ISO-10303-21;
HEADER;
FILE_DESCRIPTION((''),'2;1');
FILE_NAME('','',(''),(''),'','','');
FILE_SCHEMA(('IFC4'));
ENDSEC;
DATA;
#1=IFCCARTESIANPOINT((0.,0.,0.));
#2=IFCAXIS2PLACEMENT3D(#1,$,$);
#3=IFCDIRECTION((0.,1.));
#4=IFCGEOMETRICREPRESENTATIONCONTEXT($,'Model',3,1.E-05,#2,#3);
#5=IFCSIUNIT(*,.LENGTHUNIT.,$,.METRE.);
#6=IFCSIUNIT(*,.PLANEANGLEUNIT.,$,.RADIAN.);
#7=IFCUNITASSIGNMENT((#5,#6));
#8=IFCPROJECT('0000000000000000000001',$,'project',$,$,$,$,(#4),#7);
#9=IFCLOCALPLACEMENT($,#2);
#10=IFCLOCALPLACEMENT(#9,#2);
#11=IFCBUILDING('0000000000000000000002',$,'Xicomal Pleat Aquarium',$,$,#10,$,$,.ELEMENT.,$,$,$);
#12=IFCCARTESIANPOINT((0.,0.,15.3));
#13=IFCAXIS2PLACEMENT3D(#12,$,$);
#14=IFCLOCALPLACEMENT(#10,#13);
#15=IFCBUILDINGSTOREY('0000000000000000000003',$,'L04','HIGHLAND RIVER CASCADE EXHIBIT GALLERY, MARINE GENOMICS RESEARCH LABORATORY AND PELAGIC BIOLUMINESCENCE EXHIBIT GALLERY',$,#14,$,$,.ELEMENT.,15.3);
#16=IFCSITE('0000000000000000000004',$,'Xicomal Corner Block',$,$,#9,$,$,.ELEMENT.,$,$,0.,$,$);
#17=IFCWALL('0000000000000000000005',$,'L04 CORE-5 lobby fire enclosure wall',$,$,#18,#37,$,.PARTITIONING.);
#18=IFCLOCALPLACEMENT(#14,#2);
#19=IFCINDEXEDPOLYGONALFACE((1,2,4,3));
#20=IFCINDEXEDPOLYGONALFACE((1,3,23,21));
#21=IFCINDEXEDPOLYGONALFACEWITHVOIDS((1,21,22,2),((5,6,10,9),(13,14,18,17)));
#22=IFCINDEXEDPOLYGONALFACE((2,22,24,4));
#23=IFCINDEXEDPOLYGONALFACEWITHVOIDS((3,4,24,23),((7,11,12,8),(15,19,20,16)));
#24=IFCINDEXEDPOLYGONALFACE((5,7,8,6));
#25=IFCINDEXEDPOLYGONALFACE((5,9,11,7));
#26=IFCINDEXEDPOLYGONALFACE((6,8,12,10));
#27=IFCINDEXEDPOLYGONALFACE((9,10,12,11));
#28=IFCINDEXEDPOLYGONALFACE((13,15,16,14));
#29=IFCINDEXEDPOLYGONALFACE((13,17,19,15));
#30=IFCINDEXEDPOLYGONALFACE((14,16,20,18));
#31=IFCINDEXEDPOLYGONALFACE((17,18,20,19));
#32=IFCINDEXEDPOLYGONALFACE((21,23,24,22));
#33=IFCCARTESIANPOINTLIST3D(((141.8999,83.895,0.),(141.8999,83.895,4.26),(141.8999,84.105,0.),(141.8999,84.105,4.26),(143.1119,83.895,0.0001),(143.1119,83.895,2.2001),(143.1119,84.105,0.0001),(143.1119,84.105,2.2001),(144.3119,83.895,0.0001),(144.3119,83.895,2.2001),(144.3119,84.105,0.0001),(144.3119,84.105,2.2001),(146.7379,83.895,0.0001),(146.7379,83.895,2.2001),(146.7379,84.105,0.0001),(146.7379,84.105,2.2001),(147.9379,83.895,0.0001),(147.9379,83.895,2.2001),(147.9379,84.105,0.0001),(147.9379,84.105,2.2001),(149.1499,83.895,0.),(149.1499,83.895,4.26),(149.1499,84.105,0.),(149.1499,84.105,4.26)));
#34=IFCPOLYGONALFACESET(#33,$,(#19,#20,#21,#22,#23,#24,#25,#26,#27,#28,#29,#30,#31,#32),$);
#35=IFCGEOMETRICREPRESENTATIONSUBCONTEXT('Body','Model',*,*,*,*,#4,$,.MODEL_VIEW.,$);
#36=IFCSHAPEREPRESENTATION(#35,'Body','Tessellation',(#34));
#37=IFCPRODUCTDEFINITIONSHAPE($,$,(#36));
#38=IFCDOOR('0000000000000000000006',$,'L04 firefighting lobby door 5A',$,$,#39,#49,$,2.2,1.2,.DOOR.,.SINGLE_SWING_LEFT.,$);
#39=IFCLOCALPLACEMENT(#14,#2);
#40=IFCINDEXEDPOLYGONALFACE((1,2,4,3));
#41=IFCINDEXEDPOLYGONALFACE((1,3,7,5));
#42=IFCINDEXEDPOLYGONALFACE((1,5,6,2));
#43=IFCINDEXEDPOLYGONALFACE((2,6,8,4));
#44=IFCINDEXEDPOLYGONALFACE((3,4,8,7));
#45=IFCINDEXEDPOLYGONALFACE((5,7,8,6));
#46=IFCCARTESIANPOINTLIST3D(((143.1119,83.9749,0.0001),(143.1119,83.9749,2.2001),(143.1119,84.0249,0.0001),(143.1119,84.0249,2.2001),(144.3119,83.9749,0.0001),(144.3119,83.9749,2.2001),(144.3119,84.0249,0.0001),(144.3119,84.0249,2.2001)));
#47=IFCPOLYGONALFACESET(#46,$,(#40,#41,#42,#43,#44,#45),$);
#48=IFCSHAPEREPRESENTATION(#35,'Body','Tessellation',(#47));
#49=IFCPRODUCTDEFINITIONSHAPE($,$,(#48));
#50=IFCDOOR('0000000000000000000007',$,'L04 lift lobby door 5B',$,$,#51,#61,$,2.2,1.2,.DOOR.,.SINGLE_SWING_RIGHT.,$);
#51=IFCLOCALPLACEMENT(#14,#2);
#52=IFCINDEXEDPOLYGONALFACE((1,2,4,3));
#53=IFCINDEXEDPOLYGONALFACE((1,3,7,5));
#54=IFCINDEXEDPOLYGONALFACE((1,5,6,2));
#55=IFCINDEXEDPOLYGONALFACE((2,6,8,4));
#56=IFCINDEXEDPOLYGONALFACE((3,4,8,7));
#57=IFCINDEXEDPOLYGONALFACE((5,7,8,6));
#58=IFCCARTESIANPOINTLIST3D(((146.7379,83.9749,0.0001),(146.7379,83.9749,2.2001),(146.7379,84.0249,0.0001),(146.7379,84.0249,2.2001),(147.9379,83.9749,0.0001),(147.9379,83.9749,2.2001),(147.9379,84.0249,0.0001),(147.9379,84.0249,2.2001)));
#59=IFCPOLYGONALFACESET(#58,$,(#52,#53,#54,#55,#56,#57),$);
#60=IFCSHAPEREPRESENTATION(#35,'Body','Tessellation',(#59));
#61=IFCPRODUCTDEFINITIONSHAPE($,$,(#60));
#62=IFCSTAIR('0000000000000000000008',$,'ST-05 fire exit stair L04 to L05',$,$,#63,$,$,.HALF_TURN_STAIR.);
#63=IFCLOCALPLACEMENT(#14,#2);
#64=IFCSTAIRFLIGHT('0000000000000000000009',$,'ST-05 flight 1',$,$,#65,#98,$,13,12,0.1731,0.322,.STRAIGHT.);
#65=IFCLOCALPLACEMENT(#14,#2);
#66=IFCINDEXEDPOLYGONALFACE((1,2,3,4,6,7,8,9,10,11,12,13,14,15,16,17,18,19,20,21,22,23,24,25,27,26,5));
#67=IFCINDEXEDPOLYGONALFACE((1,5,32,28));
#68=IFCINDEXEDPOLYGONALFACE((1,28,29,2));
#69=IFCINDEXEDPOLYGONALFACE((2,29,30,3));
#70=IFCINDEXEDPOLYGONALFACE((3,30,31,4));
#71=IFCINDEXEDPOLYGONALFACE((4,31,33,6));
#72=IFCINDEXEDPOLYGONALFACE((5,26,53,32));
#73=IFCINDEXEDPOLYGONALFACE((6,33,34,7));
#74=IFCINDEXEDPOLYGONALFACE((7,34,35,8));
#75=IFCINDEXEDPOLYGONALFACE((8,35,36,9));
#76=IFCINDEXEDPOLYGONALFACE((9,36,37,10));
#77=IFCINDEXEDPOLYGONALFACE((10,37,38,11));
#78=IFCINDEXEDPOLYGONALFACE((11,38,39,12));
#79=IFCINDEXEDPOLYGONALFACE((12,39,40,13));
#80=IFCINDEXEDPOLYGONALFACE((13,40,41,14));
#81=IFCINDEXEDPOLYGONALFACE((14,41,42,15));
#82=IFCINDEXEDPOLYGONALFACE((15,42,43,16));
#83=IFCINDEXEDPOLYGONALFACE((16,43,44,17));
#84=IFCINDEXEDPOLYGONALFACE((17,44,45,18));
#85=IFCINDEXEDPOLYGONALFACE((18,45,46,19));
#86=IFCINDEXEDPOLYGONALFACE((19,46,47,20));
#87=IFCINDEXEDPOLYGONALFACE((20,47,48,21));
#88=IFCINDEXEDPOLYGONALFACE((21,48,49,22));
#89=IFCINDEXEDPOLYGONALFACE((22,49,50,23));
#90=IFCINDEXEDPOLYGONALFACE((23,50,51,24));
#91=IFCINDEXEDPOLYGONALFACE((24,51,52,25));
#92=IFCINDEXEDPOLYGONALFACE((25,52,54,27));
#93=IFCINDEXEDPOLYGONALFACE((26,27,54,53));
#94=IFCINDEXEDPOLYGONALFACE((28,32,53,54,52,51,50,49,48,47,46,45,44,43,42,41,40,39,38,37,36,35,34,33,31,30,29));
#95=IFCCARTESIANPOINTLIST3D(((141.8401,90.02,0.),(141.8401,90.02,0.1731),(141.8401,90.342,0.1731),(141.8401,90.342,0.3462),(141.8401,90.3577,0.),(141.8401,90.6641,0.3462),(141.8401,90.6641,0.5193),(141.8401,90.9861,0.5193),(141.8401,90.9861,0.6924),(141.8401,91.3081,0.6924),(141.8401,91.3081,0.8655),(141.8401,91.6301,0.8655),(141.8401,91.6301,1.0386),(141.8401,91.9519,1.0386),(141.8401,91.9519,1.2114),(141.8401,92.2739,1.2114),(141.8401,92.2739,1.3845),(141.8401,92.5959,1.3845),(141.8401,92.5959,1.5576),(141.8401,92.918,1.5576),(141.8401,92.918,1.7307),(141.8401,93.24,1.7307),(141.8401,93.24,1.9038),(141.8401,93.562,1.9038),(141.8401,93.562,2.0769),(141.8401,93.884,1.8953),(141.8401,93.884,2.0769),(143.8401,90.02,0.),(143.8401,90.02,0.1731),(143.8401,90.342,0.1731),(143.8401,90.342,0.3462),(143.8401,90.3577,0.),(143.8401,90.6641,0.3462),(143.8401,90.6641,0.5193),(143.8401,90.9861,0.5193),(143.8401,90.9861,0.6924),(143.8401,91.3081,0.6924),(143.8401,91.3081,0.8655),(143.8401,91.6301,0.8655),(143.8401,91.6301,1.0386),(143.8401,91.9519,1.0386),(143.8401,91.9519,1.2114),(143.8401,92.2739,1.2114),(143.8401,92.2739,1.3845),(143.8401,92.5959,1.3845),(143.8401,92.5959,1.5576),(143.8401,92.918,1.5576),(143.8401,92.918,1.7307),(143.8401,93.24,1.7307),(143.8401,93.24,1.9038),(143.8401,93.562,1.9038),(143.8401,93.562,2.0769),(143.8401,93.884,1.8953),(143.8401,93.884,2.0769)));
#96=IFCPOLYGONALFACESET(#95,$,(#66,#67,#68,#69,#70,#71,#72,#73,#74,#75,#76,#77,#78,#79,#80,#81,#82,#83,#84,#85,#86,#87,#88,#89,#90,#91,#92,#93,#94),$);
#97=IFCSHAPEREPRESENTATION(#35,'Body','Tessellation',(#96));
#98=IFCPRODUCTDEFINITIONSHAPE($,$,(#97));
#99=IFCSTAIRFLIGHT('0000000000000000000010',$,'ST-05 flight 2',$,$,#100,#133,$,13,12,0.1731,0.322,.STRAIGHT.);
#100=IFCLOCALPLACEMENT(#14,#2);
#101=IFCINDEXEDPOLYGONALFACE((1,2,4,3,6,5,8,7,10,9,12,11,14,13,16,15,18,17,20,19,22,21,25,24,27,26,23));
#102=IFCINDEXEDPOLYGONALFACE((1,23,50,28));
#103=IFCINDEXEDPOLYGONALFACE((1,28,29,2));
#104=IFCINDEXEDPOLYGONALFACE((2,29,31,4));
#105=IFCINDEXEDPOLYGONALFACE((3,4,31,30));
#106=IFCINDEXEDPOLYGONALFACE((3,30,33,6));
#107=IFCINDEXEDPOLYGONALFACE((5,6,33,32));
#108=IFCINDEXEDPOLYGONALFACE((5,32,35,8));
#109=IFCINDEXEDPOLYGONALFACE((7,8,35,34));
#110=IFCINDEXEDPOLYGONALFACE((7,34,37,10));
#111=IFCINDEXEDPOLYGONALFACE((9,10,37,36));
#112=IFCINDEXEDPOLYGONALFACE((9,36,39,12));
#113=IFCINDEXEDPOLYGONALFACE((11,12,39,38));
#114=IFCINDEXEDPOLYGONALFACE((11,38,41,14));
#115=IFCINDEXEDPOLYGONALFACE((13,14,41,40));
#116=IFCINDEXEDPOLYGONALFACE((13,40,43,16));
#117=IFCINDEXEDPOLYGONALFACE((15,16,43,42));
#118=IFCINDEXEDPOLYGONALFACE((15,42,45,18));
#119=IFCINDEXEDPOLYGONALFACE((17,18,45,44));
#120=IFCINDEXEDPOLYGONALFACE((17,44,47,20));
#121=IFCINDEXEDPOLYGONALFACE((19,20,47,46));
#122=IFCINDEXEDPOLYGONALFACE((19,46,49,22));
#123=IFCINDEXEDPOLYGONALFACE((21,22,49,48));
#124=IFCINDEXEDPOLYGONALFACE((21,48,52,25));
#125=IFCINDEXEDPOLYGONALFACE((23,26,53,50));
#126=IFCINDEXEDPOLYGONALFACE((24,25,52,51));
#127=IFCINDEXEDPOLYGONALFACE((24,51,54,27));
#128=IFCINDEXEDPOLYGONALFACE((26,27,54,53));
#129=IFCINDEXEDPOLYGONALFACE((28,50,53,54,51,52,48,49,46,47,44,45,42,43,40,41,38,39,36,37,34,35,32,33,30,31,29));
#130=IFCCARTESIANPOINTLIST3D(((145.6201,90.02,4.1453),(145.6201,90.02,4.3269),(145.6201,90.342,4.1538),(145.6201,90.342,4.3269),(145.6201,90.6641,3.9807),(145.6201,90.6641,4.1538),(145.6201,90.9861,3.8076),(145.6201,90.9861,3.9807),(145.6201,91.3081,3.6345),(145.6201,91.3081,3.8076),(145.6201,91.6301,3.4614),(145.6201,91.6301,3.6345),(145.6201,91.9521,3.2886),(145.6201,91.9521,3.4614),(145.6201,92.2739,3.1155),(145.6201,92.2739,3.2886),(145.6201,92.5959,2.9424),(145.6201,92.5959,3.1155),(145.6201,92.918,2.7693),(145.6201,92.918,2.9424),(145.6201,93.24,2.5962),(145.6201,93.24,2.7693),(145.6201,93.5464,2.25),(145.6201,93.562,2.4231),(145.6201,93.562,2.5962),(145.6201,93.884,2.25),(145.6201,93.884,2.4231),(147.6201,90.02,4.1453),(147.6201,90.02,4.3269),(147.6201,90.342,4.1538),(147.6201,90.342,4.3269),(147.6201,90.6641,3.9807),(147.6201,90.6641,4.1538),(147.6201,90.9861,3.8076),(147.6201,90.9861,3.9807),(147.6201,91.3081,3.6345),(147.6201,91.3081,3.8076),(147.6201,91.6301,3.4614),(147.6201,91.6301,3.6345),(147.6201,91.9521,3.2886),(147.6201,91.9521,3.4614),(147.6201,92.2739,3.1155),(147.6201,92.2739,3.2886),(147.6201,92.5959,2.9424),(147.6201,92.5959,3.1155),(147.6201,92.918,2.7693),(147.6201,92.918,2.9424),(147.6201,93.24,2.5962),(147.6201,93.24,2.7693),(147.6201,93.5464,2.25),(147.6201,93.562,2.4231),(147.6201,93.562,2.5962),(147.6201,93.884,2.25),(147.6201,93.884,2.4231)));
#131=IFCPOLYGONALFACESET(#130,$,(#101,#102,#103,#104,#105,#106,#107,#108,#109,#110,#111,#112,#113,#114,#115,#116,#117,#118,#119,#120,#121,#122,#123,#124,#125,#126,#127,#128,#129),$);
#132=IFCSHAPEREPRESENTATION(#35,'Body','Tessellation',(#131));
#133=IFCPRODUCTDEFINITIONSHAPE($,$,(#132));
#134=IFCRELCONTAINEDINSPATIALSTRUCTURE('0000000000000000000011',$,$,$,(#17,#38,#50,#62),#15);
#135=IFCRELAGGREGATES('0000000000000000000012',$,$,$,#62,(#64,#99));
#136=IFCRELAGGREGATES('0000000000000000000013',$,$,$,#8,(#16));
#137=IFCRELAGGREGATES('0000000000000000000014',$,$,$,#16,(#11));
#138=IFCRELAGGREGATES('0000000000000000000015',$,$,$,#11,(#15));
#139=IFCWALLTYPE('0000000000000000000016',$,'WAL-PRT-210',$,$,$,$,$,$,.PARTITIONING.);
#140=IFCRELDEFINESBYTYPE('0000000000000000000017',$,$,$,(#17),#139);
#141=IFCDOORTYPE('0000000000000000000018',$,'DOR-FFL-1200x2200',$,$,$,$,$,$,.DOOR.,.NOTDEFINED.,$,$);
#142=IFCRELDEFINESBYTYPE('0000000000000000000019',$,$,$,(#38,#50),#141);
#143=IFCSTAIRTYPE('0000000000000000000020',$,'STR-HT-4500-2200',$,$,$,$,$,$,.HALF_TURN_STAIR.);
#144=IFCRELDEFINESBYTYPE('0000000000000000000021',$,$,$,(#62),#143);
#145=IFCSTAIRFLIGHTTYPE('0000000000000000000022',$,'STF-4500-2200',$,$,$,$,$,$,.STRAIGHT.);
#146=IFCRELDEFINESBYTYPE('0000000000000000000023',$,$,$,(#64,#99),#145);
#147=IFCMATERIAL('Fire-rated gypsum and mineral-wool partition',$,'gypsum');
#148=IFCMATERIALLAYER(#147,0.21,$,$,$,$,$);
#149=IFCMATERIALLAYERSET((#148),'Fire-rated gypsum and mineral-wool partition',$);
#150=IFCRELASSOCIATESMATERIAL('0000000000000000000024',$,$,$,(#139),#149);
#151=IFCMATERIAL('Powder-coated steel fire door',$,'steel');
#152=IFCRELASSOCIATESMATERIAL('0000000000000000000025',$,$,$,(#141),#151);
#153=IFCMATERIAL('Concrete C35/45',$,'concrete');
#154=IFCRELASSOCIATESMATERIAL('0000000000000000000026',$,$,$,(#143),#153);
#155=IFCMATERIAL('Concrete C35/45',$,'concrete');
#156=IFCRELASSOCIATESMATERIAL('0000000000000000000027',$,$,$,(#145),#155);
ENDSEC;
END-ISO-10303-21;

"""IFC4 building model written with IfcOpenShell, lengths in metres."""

from ifc_helpers import new_model, si_unit, direction, frame, frame_2d, origin, place, context, subcontext, project, spatial, polyline, rectangle, outline, extrude, material, layer, layer_set, type_object, element, fill, aggregate, save


model = new_model("IFC4")

# Units and contexts
model_context = context("Model", 3, precision=1e-05, world=origin(), true_north=direction((0.0, 1.0)))
body_context = subcontext(model_context, "Body", "Model", "MODEL_VIEW")
ifc_project = project(units=[si_unit("LENGTHUNIT", "METRE"), si_unit("PLANEANGLEUNIT", "RADIAN")], contexts=[model_context])

# Site, building, storey
site_placement = place(None, origin())
site = spatial("IfcSite", under=ifc_project, at=site_placement, Name="Xicomal Corner Block", CompositionType="ELEMENT", RefElevation=0.0)
building_placement = place(site_placement, origin())
building = spatial("IfcBuilding", under=site, at=building_placement, Name="Xicomal Pleat Aquarium", CompositionType="ELEMENT")
storey_placement = place(building_placement, frame((0.0, 0.0, 15.3)))
storey = spatial("IfcBuildingStorey", under=building, at=storey_placement, Name="L04", Description="HIGHLAND RIVER CASCADE EXHIBIT GALLERY, MARINE GENOMICS RESEARCH LABORATORY AND PELAGIC BIOLUMINESCENCE EXHIBIT GALLERY", CompositionType="ELEMENT", Elevation=15.3)

# Wall, openings, doors
ifc_material_1 = material(Name="Fire-rated gypsum and mineral-wool partition", Category="gypsum")
ifc_layer_1 = layer(ifc_material_1, 0.21)
ifc_layer_set_1 = layer_set([ifc_layer_1], Name="Fire-rated gypsum and mineral-wool partition")
wall_type_1 = type_object("IfcWallType", Name="WAL-PRT-210", PredefinedType="PARTITIONING", material=ifc_layer_set_1)
wall_1_placement = place(storey_placement, frame((141.8999, 84.0, 0.0), z_axis=(0.0, 0.0, 1.0), x_axis=(1.0, 0.0, 0.0)))
wall_1 = element("IfcWall", 1, at=wall_1_placement, inside=storey, type_object=wall_type_1, Name="L04 CORE-5 lobby fire enclosure wall", PredefinedType="PARTITIONING", context=body_context, shape_type="SweptSolid", body=[
    extrude(rectangle(XDim=7.25, YDim=0.21, at=frame_2d((3.625, 0.0))), origin(), (0.0, 0.0, 1.0), 4.26),
])
opening_1_placement = place(wall_1_placement, frame((1.2119, 0.0, 0.0)))
opening_1 = element("IfcOpeningElement", 2, at=opening_1_placement, cuts=wall_1, PredefinedType="OPENING", context=body_context, shape_type="SweptSolid", body=[
    extrude(rectangle(XDim=1.2, YDim=2.2, at=frame_2d((0.6001, 1.1001))), frame((0.0, 0.115, 0.0), z_axis=(0.0, -1.0, 0.0), x_axis=(1.0, 0.0, 0.0)), (0.0, 0.0, 1.0), 0.23),
])
opening_2_placement = place(wall_1_placement, frame((4.8379, 0.0, 0.0)))
opening_2 = element("IfcOpeningElement", 3, at=opening_2_placement, cuts=wall_1, PredefinedType="OPENING", context=body_context, shape_type="SweptSolid", body=[
    extrude(rectangle(XDim=1.2, YDim=2.2, at=frame_2d((0.6001, 1.1001))), frame((0.0, 0.115, 0.0), z_axis=(0.0, -1.0, 0.0), x_axis=(1.0, 0.0, 0.0)), (0.0, 0.0, 1.0), 0.23),
])
ifc_material_2 = material(Name="Powder-coated steel fire door", Category="steel")
door_type_1 = type_object("IfcDoorType", Name="DOR-FFL-1200x2200", OperationType="NOTDEFINED", PredefinedType="DOOR", material=ifc_material_2)
door_1_placement = place(opening_1_placement, origin())
door_1 = element("IfcDoor", 4, at=door_1_placement, inside=storey, type_object=door_type_1, Name="L04 firefighting lobby door 5A", OperationType="SINGLE_SWING_LEFT", OverallHeight=2.2, OverallWidth=1.2, PredefinedType="DOOR", context=body_context, shape_type="SweptSolid", body=[
    extrude(rectangle(XDim=1.2, YDim=2.2, at=frame_2d((0.6001, 1.1001))), frame((0.0, 0.0249, 0.0), z_axis=(0.0, -1.0, 0.0), x_axis=(1.0, 0.0, 0.0)), (0.0, 0.0, 1.0), 0.05),
])
fill(opening_1, door_1)
door_2_placement = place(opening_2_placement, origin())
door_2 = element("IfcDoor", 5, at=door_2_placement, inside=storey, type_object=door_type_1, Name="L04 lift lobby door 5B", OperationType="SINGLE_SWING_RIGHT", OverallHeight=2.2, OverallWidth=1.2, PredefinedType="DOOR", context=body_context, shape_type="SweptSolid", body=[
    extrude(rectangle(XDim=1.2, YDim=2.2, at=frame_2d((0.6001, 1.1001))), frame((0.0, 0.0249, 0.0), z_axis=(0.0, -1.0, 0.0), x_axis=(1.0, 0.0, 0.0)), (0.0, 0.0, 1.0), 0.05),
])
fill(opening_2, door_2)

# Stair, stair flights
ifc_material_3 = material(Name="Concrete C35/45", Category="concrete")
stair_type = type_object("IfcStairType", Name="STR-HT-4500-2200", PredefinedType="HALF_TURN_STAIR", material=ifc_material_3)
stair_placement = place(storey_placement, origin())
stair = element("IfcStair", 6, at=stair_placement, inside=storey, type_object=stair_type, Name="ST-05 fire exit stair L04 to L05", PredefinedType="HALF_TURN_STAIR")
ifc_material_4 = material(Name="Concrete C35/45", Category="concrete")
stair_flight_type = type_object("IfcStairFlightType", Name="STF-4500-2200", PredefinedType="STRAIGHT", material=ifc_material_4)
stair_flight_1_placement = place(storey_placement, frame((142.8401, 90.02, 0.0), z_axis=(0.0, 0.0, 1.0), x_axis=(0.0, 1.0, 0.0)))
stair_flight_1 = element("IfcStairFlight", 7, at=stair_flight_1_placement, type_object=stair_flight_type, Name="ST-05 flight 1", NumberOfRisers=13, NumberOfTreads=12, PredefinedType="STRAIGHT", RiserHeight=0.1731, TreadLength=0.322, context=body_context, shape_type="SweptSolid", body=[
    extrude(outline(polyline([(0.0, 0.0), (0.0, 0.1731), (0.322, 0.1731), (0.322, 0.3462), (0.644, 0.3462), (0.644, 0.5193), (0.9661, 0.5193), (0.9661, 0.6924), (1.2881, 0.6924), (1.2881, 0.8655), (1.6101, 0.8655), (1.6101, 1.0386), (1.9319, 1.0386), (1.9319, 1.2114), (2.2539, 1.2114), (2.2539, 1.3845), (2.5759, 1.3845), (2.5759, 1.5576), (2.8979, 1.5576), (2.8979, 1.7307), (3.22, 1.7307), (3.22, 1.9038), (3.542, 1.9038), (3.542, 2.0769), (3.864, 2.0769), (3.864, 2.25), (3.864, 1.8953), (0.3376, 0.0), (0.0, 0.0)])), frame((0.0, 1.0, 0.0), z_axis=(0.0, -1.0, 0.0), x_axis=(1.0, 0.0, 0.0)), (0.0, 0.0, 1.0), 2.0),
])
stair_flight_2_placement = place(storey_placement, frame((146.6201, 93.884, 2.25), z_axis=(0.0, 0.0, 1.0), x_axis=(0.0, -1.0, 0.0)))
stair_flight_2 = element("IfcStairFlight", 8, at=stair_flight_2_placement, type_object=stair_flight_type, Name="ST-05 flight 2", NumberOfRisers=13, NumberOfTreads=12, PredefinedType="STRAIGHT", RiserHeight=0.1731, TreadLength=0.322, context=body_context, shape_type="SweptSolid", body=[
    extrude(outline(polyline([(0.0, 0.0), (0.0, 0.1731), (0.322, 0.1731), (0.322, 0.3462), (0.644, 0.3462), (0.644, 0.5193), (0.9661, 0.5193), (0.9661, 0.6924), (1.2881, 0.6924), (1.2881, 0.8655), (1.6101, 0.8655), (1.6101, 1.0386), (1.9319, 1.0386), (1.9319, 1.2114), (2.2539, 1.2114), (2.2539, 1.3845), (2.5759, 1.3845), (2.5759, 1.5576), (2.8979, 1.5576), (2.8979, 1.7307), (3.22, 1.7307), (3.22, 1.9038), (3.542, 1.9038), (3.542, 2.0769), (3.864, 2.0769), (3.864, 2.25), (3.864, 1.8953), (0.3376, 0.0), (0.0, 0.0)])), frame((0.0, 1.0, 0.0), z_axis=(0.0, -1.0, 0.0), x_axis=(1.0, 0.0, 0.0)), (0.0, 0.0, 1.0), 2.0),
])
aggregate(stair, [stair_flight_1, stair_flight_2])

save(model, "model.ifc")
